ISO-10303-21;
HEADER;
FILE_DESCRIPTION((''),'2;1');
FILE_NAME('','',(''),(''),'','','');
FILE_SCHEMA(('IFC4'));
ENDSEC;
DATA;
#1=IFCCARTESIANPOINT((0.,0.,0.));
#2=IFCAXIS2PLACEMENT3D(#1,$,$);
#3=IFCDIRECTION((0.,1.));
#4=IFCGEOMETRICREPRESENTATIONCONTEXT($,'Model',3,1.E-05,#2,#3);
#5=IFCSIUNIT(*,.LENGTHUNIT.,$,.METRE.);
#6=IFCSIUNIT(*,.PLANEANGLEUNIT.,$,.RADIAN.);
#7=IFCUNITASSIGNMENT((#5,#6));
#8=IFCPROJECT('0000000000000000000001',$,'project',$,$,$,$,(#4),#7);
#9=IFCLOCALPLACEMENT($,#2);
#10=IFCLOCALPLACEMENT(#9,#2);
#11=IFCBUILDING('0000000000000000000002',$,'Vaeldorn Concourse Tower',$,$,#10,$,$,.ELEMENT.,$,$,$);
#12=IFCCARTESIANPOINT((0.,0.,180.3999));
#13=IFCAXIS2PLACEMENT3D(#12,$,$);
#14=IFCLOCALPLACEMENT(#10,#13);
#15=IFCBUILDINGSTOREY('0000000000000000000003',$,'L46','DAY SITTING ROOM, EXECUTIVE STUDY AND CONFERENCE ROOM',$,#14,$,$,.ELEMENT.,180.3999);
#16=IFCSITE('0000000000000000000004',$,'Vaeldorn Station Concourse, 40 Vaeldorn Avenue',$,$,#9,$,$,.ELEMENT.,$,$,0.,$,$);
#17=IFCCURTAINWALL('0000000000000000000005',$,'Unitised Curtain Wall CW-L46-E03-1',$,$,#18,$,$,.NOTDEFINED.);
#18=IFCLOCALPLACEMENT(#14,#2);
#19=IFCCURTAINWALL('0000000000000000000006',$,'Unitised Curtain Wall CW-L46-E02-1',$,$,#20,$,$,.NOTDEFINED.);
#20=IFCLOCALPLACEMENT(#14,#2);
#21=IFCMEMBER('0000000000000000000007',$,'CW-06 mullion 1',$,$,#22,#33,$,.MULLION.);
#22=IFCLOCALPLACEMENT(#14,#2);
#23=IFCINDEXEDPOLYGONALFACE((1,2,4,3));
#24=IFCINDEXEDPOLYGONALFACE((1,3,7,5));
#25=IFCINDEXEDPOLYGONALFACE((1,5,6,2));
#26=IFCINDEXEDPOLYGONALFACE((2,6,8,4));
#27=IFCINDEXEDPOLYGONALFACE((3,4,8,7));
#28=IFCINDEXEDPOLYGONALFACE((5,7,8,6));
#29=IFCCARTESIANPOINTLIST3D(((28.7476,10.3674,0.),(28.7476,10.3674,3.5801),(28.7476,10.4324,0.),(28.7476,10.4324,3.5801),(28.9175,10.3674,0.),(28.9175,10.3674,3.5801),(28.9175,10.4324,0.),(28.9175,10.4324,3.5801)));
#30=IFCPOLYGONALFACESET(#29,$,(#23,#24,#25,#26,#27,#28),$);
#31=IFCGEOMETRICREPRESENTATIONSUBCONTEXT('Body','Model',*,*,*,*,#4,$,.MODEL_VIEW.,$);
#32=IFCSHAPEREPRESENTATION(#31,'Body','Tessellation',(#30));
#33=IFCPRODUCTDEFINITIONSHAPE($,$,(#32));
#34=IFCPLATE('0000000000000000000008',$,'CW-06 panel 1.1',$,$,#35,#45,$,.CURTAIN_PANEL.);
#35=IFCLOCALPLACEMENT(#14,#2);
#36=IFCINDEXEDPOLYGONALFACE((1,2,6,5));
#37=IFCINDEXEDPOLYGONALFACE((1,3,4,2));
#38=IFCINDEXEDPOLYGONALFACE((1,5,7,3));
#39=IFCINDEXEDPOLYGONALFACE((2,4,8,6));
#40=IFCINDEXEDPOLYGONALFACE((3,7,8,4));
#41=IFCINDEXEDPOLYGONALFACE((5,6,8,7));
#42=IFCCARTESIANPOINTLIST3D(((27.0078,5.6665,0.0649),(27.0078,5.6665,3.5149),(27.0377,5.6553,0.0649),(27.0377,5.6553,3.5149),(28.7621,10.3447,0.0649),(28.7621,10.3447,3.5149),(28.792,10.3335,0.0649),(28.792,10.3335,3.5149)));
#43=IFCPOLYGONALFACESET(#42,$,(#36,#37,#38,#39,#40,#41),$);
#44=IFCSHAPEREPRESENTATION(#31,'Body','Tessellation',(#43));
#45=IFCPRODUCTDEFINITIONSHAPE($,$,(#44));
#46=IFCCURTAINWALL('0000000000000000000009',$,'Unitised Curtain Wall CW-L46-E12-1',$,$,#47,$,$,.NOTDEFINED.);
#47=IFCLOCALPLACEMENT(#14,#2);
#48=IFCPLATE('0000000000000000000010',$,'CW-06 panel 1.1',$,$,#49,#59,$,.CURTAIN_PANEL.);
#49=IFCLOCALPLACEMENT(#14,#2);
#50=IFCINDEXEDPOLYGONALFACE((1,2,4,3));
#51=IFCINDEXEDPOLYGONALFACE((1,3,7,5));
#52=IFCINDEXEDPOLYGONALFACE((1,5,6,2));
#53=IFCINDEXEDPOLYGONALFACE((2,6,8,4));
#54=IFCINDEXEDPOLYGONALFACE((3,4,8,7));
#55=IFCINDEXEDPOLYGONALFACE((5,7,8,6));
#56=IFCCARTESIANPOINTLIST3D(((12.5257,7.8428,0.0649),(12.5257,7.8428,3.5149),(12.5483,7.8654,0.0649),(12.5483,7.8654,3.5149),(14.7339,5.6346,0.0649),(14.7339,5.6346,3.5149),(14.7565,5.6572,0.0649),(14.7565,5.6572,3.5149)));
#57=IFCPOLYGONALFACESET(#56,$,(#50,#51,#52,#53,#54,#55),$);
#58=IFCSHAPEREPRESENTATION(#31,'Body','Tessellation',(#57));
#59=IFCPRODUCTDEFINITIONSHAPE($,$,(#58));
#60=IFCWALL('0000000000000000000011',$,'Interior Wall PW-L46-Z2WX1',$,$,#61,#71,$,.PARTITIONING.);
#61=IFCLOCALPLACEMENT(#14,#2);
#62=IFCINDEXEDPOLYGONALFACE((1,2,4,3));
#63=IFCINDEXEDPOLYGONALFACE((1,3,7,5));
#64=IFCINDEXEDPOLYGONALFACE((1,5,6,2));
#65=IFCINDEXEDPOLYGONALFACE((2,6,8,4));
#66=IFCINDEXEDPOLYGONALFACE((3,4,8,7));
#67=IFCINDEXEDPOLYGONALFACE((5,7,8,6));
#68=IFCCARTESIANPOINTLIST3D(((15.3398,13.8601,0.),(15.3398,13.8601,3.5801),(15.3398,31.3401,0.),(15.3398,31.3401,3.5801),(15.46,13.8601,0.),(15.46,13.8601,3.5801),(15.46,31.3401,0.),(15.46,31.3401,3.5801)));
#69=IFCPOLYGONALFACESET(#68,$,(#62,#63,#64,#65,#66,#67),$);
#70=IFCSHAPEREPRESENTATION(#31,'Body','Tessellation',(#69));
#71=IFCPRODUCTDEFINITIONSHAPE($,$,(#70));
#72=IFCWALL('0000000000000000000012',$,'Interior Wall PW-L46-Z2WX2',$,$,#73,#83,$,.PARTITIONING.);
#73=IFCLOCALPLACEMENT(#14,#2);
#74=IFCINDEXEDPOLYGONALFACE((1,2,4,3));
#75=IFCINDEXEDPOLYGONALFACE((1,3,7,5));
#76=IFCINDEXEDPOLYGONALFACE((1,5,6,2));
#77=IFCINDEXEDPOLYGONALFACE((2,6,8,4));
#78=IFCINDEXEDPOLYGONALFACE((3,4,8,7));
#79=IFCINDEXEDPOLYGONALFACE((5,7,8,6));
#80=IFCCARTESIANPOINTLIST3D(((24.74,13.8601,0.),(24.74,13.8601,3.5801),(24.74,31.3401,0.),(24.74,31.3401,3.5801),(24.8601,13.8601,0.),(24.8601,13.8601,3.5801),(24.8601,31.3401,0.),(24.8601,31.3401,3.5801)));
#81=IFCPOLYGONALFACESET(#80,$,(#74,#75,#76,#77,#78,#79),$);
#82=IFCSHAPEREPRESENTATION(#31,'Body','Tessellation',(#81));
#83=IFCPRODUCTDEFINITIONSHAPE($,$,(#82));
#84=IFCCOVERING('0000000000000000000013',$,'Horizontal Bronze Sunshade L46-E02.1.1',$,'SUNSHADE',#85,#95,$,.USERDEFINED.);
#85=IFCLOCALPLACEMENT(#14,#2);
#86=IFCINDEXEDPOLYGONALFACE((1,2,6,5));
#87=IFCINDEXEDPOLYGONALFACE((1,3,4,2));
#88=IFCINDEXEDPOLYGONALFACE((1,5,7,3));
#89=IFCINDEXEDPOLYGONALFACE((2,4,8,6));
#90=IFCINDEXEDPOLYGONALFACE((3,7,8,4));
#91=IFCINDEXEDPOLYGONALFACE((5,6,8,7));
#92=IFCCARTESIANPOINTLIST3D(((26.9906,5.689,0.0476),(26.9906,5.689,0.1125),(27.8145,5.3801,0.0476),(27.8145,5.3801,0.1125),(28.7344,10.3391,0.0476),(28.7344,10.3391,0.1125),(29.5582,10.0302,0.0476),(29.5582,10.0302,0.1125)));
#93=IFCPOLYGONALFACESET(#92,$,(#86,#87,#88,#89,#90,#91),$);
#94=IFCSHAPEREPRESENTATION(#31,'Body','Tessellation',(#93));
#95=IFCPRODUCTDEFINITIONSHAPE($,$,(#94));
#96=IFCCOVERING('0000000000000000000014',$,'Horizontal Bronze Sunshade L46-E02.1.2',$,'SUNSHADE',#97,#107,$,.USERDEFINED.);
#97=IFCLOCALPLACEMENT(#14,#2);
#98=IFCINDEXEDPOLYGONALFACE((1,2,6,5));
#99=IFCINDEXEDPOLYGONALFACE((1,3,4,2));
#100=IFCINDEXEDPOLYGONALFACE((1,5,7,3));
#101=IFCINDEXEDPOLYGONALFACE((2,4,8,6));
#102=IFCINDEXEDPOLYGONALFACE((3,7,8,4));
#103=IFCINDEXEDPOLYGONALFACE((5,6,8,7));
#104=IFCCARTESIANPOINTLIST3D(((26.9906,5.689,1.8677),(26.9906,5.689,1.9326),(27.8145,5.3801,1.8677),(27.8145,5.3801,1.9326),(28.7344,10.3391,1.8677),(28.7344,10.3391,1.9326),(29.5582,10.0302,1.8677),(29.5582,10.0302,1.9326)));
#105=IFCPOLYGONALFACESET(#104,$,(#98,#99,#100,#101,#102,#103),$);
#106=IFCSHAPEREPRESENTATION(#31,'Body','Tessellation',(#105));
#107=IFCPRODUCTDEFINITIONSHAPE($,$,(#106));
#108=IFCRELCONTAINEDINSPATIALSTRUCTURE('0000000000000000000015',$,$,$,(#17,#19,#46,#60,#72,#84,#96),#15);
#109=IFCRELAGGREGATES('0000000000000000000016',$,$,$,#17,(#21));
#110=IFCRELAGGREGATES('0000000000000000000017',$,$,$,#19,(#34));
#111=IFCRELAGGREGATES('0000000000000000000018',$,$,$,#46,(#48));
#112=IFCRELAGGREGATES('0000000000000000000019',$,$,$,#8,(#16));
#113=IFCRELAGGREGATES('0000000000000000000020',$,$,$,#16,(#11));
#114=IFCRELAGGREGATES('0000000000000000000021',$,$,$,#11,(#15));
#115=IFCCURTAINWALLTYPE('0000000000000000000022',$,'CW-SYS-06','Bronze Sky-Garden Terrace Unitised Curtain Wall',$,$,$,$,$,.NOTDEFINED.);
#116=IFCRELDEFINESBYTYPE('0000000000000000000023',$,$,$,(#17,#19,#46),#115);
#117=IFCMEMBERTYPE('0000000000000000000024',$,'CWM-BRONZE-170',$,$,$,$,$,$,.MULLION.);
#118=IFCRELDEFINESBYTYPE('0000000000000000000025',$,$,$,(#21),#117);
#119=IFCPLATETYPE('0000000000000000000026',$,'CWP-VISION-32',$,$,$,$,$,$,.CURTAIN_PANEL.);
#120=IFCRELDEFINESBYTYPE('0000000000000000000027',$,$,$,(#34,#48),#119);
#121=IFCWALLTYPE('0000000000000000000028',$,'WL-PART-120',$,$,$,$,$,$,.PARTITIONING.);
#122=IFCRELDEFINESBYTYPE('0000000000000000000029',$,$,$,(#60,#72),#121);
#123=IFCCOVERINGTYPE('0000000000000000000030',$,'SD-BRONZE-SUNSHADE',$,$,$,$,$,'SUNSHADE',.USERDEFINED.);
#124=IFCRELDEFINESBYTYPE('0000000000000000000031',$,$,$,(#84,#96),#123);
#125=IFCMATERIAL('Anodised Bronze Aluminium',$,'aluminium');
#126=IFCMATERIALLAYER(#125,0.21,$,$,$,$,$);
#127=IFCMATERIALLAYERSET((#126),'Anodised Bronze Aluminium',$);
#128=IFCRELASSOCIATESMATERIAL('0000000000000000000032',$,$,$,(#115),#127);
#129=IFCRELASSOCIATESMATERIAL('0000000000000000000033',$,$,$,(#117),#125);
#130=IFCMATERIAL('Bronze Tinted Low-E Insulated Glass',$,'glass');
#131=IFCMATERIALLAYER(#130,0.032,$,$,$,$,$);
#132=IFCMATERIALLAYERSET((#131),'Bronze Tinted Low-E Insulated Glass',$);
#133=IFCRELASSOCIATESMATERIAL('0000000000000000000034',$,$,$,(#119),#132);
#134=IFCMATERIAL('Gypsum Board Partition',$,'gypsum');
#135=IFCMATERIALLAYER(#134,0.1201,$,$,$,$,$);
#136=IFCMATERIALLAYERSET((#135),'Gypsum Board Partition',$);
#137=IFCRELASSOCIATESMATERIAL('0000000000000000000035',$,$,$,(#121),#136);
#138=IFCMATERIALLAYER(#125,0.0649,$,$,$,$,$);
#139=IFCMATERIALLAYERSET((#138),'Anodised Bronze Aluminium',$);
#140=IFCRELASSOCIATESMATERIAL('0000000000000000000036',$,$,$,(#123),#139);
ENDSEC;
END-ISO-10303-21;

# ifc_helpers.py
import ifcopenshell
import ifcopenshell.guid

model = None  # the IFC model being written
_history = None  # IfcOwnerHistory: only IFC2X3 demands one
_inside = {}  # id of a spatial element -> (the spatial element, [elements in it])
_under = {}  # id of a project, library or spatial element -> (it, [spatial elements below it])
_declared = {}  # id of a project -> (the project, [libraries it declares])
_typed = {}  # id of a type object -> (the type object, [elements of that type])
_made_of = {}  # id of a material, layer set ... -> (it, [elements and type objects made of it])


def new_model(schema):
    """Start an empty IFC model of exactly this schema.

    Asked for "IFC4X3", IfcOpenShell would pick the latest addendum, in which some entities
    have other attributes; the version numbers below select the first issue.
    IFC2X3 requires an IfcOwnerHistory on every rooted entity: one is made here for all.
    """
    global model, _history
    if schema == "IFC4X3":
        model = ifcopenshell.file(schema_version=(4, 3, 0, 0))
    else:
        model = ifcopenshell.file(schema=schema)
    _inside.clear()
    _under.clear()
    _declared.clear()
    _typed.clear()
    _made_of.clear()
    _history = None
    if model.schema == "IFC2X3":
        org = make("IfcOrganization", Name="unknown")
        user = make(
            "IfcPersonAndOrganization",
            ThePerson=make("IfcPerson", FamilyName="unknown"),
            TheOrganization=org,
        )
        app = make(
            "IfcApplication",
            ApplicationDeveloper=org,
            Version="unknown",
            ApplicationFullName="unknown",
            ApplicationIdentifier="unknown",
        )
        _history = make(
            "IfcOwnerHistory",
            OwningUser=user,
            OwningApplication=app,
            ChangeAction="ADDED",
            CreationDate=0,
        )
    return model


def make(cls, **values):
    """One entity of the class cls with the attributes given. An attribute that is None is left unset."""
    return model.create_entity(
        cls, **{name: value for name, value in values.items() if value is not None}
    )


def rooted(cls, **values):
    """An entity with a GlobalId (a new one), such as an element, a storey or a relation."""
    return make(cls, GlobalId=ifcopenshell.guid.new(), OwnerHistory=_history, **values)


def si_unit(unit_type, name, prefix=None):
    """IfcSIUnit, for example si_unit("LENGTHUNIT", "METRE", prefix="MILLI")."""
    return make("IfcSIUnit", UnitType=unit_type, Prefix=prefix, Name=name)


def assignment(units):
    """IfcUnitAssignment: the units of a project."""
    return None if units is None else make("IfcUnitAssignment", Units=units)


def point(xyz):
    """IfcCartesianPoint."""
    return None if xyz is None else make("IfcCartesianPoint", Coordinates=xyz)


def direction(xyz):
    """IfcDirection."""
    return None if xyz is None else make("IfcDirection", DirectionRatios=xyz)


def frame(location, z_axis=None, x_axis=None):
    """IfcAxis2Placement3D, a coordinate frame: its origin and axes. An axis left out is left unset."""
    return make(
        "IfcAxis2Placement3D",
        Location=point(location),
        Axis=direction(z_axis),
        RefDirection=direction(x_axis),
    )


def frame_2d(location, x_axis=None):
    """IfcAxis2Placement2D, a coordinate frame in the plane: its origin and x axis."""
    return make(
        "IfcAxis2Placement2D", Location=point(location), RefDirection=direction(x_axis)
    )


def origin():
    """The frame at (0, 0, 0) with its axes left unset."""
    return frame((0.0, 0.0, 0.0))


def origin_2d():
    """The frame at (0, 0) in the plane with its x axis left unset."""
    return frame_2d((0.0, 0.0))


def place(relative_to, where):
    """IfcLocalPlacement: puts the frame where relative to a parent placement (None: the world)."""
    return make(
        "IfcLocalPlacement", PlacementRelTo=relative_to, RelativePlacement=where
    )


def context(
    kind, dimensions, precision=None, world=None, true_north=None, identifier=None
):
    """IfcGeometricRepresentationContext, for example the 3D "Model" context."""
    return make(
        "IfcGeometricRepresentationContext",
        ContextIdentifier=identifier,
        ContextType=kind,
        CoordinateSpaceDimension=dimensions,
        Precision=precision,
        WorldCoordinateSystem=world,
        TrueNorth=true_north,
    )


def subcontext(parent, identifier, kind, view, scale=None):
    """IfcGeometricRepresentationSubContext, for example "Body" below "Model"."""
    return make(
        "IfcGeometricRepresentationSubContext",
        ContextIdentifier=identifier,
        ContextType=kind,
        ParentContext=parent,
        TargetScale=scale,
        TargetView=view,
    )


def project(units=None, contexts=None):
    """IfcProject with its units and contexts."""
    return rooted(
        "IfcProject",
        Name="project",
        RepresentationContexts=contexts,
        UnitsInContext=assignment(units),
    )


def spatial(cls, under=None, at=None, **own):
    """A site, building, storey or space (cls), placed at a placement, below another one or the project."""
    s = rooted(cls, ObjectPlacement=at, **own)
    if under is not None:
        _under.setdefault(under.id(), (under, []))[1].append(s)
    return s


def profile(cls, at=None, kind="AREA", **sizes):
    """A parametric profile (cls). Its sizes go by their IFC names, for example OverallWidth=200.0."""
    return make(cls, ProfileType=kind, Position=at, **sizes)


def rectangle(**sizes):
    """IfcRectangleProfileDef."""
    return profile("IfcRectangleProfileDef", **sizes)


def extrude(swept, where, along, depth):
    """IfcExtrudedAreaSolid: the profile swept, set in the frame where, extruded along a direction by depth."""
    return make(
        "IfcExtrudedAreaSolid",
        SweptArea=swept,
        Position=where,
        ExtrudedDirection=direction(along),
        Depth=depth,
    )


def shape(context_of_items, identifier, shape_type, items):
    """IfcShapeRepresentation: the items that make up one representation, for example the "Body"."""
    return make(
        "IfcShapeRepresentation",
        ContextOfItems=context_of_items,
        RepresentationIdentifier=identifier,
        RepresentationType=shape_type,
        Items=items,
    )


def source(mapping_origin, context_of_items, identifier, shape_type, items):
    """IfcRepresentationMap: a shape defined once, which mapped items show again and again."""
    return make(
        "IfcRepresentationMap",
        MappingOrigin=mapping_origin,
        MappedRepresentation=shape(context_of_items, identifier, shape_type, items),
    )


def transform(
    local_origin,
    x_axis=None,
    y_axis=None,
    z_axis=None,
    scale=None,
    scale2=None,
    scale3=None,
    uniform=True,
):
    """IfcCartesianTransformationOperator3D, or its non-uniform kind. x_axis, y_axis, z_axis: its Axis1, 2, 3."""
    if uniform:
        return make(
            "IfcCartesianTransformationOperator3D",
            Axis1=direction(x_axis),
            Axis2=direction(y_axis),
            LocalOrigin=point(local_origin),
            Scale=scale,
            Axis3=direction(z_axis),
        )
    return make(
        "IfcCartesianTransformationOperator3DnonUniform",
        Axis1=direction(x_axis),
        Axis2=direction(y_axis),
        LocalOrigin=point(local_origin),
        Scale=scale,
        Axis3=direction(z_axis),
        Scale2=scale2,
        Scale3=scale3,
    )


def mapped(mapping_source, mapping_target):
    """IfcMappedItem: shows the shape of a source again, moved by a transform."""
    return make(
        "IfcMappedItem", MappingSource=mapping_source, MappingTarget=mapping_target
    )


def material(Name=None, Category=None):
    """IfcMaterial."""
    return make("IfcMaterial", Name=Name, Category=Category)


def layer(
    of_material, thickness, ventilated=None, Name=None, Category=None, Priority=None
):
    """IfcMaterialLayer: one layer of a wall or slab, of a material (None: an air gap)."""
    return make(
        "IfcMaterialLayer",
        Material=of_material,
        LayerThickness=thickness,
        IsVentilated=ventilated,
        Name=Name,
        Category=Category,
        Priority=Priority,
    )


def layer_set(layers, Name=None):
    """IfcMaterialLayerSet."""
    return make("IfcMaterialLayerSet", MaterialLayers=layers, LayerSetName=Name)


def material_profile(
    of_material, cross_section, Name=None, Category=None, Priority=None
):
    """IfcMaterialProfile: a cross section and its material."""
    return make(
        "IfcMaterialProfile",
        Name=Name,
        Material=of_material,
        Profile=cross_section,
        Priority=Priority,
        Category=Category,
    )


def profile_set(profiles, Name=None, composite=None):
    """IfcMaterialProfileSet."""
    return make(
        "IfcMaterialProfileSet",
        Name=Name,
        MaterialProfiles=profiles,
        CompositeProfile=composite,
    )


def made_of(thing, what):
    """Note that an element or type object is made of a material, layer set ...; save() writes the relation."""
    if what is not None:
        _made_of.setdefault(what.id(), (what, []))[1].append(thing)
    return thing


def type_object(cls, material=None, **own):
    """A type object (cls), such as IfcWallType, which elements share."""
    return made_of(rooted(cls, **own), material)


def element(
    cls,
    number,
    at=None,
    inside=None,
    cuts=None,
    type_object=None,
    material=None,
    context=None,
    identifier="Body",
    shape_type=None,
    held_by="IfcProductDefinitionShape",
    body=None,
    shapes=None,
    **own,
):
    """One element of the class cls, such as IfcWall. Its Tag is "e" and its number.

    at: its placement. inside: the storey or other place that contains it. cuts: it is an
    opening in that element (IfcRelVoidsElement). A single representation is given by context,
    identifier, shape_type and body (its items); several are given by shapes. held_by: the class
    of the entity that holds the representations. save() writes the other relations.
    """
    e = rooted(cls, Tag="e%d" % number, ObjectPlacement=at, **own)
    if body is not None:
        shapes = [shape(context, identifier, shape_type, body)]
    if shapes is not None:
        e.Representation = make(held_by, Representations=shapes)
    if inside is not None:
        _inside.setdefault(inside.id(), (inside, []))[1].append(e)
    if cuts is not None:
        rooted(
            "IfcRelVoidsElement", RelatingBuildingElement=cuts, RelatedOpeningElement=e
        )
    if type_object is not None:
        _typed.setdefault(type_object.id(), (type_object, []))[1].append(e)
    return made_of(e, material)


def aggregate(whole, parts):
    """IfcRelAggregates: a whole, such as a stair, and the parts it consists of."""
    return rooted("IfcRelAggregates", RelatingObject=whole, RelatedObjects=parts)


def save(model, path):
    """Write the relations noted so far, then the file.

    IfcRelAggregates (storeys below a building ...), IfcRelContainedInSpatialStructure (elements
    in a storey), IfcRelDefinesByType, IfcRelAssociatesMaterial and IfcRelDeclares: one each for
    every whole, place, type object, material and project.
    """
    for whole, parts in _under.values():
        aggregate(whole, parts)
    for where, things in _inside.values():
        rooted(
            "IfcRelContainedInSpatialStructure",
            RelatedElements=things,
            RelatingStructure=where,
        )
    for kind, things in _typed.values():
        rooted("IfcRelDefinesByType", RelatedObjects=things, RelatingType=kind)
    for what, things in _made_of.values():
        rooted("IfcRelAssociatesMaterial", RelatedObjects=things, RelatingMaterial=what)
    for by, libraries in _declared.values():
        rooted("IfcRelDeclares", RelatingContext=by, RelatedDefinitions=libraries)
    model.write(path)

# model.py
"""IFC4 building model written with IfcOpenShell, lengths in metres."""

from ifc_helpers import new_model, si_unit, direction, frame, frame_2d, origin, origin_2d, place, context, subcontext, project, spatial, rectangle, extrude, source, transform, mapped, material, layer, layer_set, material_profile, profile_set, type_object, element, aggregate, save


model = new_model("IFC4")

# Units and contexts
model_context = context("Model", 3, precision=1e-05, world=origin(), true_north=direction((0.0, 1.0)))
body_context = subcontext(model_context, "Body", "Model", "MODEL_VIEW")
ifc_project = project(units=[si_unit("LENGTHUNIT", "METRE"), si_unit("PLANEANGLEUNIT", "RADIAN")], contexts=[model_context])

# Site, building, storey
site_placement = place(None, origin())
site = spatial("IfcSite", under=ifc_project, at=site_placement, Name="Vaeldorn Station Concourse, 40 Vaeldorn Avenue", CompositionType="ELEMENT", RefElevation=0.0)
building_placement = place(site_placement, origin())
building = spatial("IfcBuilding", under=site, at=building_placement, Name="Vaeldorn Concourse Tower", CompositionType="ELEMENT")
storey_placement = place(building_placement, frame((0.0, 0.0, 180.3999)))
storey = spatial("IfcBuildingStorey", under=building, at=storey_placement, Name="L46", Description="DAY SITTING ROOM, EXECUTIVE STUDY AND CONFERENCE ROOM", CompositionType="ELEMENT", Elevation=180.3999)

# Curtain wall
ifc_material_1 = material(Name="Anodised Bronze Aluminium", Category="aluminium")
ifc_layer_1 = layer(ifc_material_1, 0.21)
ifc_layer_set_1 = layer_set([ifc_layer_1], Name="Anodised Bronze Aluminium")
curtain_wall_type = type_object("IfcCurtainWallType", Name="CW-SYS-06", Description="Bronze Sky-Garden Terrace Unitised Curtain Wall", PredefinedType="NOTDEFINED", material=ifc_layer_set_1)
curtain_wall_1_placement = place(storey_placement, origin())
curtain_wall_1 = element("IfcCurtainWall", 1, at=curtain_wall_1_placement, inside=storey, type_object=curtain_wall_type, Name="Unitised Curtain Wall CW-L46-E03-1", PredefinedType="NOTDEFINED")

# Curtain wall
curtain_wall_2_placement = place(storey_placement, origin())
curtain_wall_2 = element("IfcCurtainWall", 2, at=curtain_wall_2_placement, inside=storey, type_object=curtain_wall_type, Name="Unitised Curtain Wall CW-L46-E02-1", PredefinedType="NOTDEFINED")
ifc_material_profile_1 = material_profile(ifc_material_1, rectangle(XDim=0.0649, YDim=0.1699, at=origin_2d()), Name="CWM 65x170")
ifc_profile_set_1 = profile_set([ifc_material_profile_1], Name="Anodised Bronze Aluminium")
member_type_1 = type_object("IfcMemberType", Name="CWM-BRONZE-170", PredefinedType="MULLION", material=ifc_profile_set_1)
shared_shape_1 = source(origin(), body_context, "Body", "SweptSolid", [
    extrude(rectangle(XDim=0.0649, YDim=0.1699, at=origin_2d()), origin(), (0.0, 0.0, 1.0), 3.5801),
])

# Member
member_1_placement = place(storey_placement, frame((28.8325, 10.3999, 0.0), z_axis=(0.0, 0.0, 1.0), x_axis=(0.0, 1.0, 0.0)))
member_1 = element("IfcMember", 3, at=member_1_placement, type_object=member_type_1, Name="CW-06 mullion 1", PredefinedType="MULLION", context=body_context, shape_type="MappedRepresentation", body=[
    mapped(shared_shape_1, transform((0.0, 0.0, 0.0), scale=1.0)),
])
aggregate(curtain_wall_1, [member_1])

# Plate
ifc_material_2 = material(Name="Bronze Tinted Low-E Insulated Glass", Category="glass")
ifc_layer_2 = layer(ifc_material_2, 0.032)
ifc_layer_set_2 = layer_set([ifc_layer_2], Name="Bronze Tinted Low-E Insulated Glass")
plate_type = type_object("IfcPlateType", Name="CWP-VISION-32", PredefinedType="CURTAIN_PANEL", material=ifc_layer_set_2)
shared_shape_2 = source(origin(), body_context, "Body", "SweptSolid", [
    extrude(rectangle(XDim=4.9963, YDim=0.032, at=origin_2d()), origin(), (0.0, 0.0, 1.0), 3.45),
])
plate_1_placement = place(storey_placement, frame((27.8999, 8.0, 0.0649), z_axis=(0.0, 0.0, 1.0), x_axis=(0.351123, 0.936329, 0.0)))
plate_1 = element("IfcPlate", 4, at=plate_1_placement, type_object=plate_type, Name="CW-06 panel 1.1", PredefinedType="CURTAIN_PANEL", context=body_context, shape_type="MappedRepresentation", body=[
    mapped(shared_shape_2, transform((0.0, 0.0, 0.0), scale=1.0)),
])
aggregate(curtain_wall_2, [plate_1])

# Curtain wall, plate
curtain_wall_3_placement = place(storey_placement, origin())
curtain_wall_3 = element("IfcCurtainWall", 5, at=curtain_wall_3_placement, inside=storey, type_object=curtain_wall_type, Name="Unitised Curtain Wall CW-L46-E12-1", PredefinedType="NOTDEFINED")
shared_shape_3 = source(origin(), body_context, "Body", "SweptSolid", [
    extrude(rectangle(XDim=3.1228, YDim=0.032, at=origin_2d()), origin(), (0.0, 0.0, 1.0), 3.45),
])
plate_2_placement = place(storey_placement, frame((13.6411, 6.75, 0.0649), z_axis=(0.0, 0.0, 1.0), x_axis=(0.707107, -0.707107, 0.0)))
plate_2 = element("IfcPlate", 6, at=plate_2_placement, type_object=plate_type, Name="CW-06 panel 1.1", PredefinedType="CURTAIN_PANEL", context=body_context, shape_type="MappedRepresentation", body=[
    mapped(shared_shape_3, transform((0.0, 0.0, 0.0), scale=1.0)),
])
aggregate(curtain_wall_3, [plate_2])

# Walls
ifc_material_3 = material(Name="Gypsum Board Partition", Category="gypsum")
ifc_layer_3 = layer(ifc_material_3, 0.1201)
ifc_layer_set_3 = layer_set([ifc_layer_3], Name="Gypsum Board Partition")
wall_type = type_object("IfcWallType", Name="WL-PART-120", PredefinedType="PARTITIONING", material=ifc_layer_set_3)
for number, where, z_axis, x_axis, name in (
    (7, (15.3999, 13.8601, 0.0), (0.0, 0.0, 1.0), (0.0, 1.0, 0.0), "Interior Wall PW-L46-Z2WX1"),
    (8, (24.8, 13.8601, 0.0), (0.0, 0.0, 1.0), (0.0, 1.0, 0.0), "Interior Wall PW-L46-Z2WX2"),
):
    element("IfcWall", number, at=place(storey_placement, frame(where, z_axis=z_axis, x_axis=x_axis)), inside=storey, type_object=wall_type, Name=name, PredefinedType="PARTITIONING", context=body_context, shape_type="SweptSolid", body=[
        extrude(rectangle(XDim=17.48, YDim=0.1201, at=frame_2d((8.74, 0.0))), origin(), (0.0, 0.0, 1.0), 3.5801),
    ])

# Coverings
ifc_layer_4 = layer(ifc_material_1, 0.0649)
ifc_layer_set_4 = layer_set([ifc_layer_4], Name="Anodised Bronze Aluminium")
covering_type = type_object("IfcCoveringType", Name="SD-BRONZE-SUNSHADE", ElementType="SUNSHADE", PredefinedType="USERDEFINED", material=ifc_layer_set_4)
shared_shape_4 = source(origin(), body_context, "Body", "SweptSolid", [
    extrude(rectangle(XDim=4.9663, YDim=0.8799, at=origin_2d()), origin(), (0.0, 0.0, 1.0), 0.0649),
])
for number, where, z_axis, x_axis, name in (
    (9, (28.2744, 7.8596, 0.0476), (0.0, 0.0, 1.0), (0.351123, 0.936329, 0.0), "Horizontal Bronze Sunshade L46-E02.1.1"),
    (10, (28.2744, 7.8596, 1.8677), (0.0, 0.0, 1.0), (0.351123, 0.936329, 0.0), "Horizontal Bronze Sunshade L46-E02.1.2"),
):
    element("IfcCovering", number, at=place(storey_placement, frame(where, z_axis=z_axis, x_axis=x_axis)), inside=storey, type_object=covering_type, Name=name, ObjectType="SUNSHADE", PredefinedType="USERDEFINED", context=body_context, shape_type="MappedRepresentation", body=[
        mapped(shared_shape_4, transform((0.0, 0.0, 0.0), scale=1.0)),
    ])

save(model, "model.ifc")
